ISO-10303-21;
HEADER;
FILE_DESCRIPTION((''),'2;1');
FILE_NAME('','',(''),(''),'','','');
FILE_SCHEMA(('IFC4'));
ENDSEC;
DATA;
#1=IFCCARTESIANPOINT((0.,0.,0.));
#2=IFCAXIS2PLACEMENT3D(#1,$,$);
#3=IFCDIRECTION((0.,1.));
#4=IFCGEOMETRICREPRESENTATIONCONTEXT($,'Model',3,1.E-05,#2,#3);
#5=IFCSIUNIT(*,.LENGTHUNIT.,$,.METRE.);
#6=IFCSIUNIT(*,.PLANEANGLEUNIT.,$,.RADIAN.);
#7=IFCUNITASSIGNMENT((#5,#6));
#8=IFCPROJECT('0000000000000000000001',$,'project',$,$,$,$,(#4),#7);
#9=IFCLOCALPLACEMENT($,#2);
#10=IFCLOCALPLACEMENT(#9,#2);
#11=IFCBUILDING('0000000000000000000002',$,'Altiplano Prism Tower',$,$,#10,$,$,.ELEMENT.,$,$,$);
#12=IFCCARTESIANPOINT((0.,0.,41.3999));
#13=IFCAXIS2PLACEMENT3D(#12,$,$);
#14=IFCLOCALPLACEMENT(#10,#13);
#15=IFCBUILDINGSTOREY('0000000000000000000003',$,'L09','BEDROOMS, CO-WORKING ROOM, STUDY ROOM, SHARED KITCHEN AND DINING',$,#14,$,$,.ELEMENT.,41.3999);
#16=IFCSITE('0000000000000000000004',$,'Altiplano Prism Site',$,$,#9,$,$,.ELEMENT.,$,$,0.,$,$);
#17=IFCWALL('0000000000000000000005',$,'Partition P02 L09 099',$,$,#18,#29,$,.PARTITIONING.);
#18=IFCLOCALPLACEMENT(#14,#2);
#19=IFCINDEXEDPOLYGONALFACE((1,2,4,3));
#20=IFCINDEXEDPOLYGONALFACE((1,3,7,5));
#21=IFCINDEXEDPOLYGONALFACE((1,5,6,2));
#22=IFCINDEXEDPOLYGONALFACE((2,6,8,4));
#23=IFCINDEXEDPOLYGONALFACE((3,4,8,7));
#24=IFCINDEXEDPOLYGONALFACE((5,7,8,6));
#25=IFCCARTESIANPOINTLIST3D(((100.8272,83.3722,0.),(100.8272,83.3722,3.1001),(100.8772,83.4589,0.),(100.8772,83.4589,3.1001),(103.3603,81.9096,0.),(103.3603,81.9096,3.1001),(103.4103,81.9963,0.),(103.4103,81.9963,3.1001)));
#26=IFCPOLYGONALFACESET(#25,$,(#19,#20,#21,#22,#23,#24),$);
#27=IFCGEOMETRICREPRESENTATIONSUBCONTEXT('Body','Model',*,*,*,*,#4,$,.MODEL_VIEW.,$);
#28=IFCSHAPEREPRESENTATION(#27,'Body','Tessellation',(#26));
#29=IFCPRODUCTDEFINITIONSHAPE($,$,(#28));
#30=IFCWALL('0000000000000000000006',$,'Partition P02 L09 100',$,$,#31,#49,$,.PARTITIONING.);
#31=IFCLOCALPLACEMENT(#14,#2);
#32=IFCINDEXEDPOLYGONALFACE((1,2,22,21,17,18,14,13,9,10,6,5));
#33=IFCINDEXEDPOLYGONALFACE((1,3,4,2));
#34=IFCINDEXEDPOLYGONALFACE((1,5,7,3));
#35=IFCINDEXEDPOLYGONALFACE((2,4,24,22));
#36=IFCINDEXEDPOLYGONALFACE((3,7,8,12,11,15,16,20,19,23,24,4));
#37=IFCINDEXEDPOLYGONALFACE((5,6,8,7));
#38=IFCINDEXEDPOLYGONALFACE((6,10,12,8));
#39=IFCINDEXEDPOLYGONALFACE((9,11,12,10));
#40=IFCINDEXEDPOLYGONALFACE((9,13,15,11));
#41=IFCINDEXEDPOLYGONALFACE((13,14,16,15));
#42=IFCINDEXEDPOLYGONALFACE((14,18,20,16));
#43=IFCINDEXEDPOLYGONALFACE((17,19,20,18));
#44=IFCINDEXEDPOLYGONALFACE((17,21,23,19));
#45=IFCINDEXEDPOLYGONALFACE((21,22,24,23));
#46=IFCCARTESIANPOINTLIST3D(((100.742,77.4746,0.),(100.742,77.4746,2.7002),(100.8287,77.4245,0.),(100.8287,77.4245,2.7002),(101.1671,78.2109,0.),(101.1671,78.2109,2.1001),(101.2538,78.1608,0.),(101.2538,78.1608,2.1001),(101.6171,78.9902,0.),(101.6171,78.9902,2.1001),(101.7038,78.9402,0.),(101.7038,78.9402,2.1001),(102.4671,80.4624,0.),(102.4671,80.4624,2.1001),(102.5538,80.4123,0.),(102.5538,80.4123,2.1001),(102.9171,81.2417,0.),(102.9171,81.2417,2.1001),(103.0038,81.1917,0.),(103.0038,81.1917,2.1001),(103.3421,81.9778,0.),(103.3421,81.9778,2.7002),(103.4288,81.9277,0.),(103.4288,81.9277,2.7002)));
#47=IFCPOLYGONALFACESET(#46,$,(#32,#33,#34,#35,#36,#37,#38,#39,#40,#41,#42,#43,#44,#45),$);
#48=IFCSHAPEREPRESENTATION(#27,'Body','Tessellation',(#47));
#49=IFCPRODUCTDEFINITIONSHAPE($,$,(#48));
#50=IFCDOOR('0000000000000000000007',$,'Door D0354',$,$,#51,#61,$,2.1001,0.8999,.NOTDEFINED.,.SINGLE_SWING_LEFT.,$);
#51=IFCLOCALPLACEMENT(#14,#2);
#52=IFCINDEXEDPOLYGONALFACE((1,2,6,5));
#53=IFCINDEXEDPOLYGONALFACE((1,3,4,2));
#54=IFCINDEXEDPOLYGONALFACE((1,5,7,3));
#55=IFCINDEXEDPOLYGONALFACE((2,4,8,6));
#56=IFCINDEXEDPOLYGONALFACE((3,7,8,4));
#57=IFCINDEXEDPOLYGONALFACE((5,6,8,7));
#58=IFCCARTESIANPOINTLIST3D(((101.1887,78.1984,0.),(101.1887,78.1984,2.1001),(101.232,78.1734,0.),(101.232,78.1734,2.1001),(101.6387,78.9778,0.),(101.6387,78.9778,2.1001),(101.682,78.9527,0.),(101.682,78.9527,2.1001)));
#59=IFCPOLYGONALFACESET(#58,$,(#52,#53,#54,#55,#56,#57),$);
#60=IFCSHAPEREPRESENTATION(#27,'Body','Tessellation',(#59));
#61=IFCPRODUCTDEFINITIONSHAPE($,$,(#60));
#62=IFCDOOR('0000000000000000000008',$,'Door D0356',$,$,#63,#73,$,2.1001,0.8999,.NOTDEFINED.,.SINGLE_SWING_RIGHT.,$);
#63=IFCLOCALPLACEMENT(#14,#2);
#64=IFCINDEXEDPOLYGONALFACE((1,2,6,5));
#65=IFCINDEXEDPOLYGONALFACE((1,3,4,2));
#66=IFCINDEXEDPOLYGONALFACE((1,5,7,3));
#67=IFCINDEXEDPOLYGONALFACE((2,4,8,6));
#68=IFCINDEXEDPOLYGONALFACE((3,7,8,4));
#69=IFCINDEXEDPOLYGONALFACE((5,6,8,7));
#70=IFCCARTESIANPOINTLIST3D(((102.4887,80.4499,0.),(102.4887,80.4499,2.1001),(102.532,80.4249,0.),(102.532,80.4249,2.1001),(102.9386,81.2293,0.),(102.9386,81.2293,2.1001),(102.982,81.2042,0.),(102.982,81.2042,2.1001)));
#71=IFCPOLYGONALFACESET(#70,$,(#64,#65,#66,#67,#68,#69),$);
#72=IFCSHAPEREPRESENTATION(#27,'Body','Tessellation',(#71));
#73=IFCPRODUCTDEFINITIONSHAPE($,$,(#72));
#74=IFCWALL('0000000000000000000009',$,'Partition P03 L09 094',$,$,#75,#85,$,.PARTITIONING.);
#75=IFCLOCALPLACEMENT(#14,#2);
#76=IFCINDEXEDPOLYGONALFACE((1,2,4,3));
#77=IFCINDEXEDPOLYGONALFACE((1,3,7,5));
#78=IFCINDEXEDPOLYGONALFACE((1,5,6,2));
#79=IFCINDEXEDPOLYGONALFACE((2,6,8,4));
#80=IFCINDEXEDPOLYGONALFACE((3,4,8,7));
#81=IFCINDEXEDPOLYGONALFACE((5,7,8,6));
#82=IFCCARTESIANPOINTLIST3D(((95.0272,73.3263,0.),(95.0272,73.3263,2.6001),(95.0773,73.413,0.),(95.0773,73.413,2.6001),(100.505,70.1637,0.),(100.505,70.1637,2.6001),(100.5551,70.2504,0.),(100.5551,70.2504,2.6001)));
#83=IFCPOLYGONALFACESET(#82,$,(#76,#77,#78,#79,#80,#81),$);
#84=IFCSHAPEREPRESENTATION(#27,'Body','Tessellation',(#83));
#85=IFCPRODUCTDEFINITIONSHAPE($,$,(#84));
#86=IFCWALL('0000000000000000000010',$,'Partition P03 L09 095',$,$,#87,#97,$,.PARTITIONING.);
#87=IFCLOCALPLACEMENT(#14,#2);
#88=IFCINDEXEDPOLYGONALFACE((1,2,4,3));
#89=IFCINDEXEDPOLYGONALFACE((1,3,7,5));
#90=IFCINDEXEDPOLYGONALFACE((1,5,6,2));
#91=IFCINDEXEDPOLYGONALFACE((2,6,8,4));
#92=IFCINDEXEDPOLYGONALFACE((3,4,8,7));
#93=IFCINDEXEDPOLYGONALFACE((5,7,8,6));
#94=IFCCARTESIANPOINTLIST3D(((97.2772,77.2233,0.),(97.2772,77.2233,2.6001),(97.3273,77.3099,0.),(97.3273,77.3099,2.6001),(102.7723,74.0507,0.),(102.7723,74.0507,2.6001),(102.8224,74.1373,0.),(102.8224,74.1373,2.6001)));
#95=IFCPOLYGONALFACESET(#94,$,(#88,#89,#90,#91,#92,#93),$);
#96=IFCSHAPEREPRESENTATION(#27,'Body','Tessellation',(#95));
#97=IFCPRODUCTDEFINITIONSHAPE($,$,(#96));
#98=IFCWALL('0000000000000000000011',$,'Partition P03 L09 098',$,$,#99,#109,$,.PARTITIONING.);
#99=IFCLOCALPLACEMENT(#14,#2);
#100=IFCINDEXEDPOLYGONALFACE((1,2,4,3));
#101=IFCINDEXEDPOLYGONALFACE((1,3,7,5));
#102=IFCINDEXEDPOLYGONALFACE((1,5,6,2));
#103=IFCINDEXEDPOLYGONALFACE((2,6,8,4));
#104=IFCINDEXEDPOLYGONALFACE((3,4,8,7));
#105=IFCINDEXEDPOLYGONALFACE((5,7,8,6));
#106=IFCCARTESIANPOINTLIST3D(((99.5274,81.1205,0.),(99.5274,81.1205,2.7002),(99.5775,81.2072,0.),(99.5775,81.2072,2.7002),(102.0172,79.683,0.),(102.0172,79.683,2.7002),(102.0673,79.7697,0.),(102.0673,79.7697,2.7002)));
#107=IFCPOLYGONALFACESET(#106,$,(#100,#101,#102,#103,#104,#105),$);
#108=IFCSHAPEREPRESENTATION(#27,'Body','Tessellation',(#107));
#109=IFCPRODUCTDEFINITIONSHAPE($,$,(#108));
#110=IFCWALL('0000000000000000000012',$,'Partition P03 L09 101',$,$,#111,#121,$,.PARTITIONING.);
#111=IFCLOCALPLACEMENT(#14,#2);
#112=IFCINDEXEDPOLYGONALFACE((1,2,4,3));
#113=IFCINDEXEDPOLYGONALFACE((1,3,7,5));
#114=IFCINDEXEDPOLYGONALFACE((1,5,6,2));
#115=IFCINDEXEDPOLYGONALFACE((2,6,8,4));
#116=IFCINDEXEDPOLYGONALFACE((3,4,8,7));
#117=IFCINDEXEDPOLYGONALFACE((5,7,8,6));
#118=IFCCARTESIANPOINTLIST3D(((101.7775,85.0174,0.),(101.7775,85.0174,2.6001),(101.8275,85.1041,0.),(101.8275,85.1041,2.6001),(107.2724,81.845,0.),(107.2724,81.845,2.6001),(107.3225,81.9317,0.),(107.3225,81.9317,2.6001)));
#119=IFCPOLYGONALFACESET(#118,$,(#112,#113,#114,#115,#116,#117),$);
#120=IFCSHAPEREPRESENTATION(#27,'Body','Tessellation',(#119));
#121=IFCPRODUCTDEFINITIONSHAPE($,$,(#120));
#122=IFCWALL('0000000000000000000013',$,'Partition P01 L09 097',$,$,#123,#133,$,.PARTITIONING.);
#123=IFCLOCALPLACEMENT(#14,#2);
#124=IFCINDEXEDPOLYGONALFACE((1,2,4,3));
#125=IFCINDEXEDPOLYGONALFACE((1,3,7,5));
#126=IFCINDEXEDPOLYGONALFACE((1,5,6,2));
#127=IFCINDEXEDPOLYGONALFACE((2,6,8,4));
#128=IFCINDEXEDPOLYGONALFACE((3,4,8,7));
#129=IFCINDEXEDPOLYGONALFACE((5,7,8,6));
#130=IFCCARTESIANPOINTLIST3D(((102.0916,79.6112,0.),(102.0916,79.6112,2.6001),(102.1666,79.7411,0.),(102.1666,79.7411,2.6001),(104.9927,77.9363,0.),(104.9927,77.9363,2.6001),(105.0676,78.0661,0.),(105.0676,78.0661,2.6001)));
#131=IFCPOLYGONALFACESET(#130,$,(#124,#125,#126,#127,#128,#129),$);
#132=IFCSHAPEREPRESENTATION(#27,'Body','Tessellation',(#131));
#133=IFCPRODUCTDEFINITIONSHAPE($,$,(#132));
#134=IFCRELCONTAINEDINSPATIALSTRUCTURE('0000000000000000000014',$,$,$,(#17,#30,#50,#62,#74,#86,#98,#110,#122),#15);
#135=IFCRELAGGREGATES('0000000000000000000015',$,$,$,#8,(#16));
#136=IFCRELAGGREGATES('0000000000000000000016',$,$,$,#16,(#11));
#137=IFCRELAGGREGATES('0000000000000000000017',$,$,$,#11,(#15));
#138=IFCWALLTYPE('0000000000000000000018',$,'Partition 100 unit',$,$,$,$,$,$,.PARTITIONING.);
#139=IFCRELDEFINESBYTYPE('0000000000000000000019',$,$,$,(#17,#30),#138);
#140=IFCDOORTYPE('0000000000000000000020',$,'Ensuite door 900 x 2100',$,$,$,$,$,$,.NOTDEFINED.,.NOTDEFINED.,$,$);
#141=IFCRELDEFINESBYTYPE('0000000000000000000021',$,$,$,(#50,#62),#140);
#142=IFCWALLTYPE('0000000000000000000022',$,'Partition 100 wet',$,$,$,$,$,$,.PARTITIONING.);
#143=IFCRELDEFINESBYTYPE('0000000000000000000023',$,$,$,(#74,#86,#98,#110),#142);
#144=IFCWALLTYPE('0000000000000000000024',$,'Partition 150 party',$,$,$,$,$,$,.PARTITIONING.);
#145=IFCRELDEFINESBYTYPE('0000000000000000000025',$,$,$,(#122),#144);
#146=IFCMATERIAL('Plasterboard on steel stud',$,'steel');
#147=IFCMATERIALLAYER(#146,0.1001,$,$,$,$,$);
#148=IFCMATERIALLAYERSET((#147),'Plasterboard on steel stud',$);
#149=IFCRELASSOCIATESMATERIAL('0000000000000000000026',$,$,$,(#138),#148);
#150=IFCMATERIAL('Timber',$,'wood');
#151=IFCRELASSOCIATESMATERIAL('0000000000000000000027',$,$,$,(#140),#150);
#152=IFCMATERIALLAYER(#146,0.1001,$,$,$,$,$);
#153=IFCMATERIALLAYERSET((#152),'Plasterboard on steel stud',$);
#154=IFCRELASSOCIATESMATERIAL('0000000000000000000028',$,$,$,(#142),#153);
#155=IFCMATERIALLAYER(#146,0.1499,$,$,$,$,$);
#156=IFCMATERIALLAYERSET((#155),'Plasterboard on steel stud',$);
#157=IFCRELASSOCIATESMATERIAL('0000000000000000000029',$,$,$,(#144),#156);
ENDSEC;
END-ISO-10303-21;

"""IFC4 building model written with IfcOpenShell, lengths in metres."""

from ifc_helpers import new_model, si_unit, direction, frame, frame_2d, origin, place, context, subcontext, project, spatial, rectangle, extrude, material, layer, layer_set, type_object, element, fill, save


model = new_model("IFC4")

# Units and contexts
model_context = context("Model", 3, precision=1e-05, world=origin(), true_north=direction((0.0, 1.0)))
body_context = subcontext(model_context, "Body", "Model", "MODEL_VIEW")
ifc_project = project(units=[si_unit("LENGTHUNIT", "METRE"), si_unit("PLANEANGLEUNIT", "RADIAN")], contexts=[model_context])

# Site, building, storey
site_placement = place(None, origin())
site = spatial("IfcSite", under=ifc_project, at=site_placement, Name="Altiplano Prism Site", CompositionType="ELEMENT", RefElevation=0.0)
building_placement = place(site_placement, origin())
building = spatial("IfcBuilding", under=site, at=building_placement, Name="Altiplano Prism Tower", CompositionType="ELEMENT")
storey_placement = place(building_placement, frame((0.0, 0.0, 41.3999)))
storey = spatial("IfcBuildingStorey", under=building, at=storey_placement, Name="L09", Description="BEDROOMS, CO-WORKING ROOM, STUDY ROOM, SHARED KITCHEN AND DINING", CompositionType="ELEMENT", Elevation=41.3999)

# Wall
ifc_material_1 = material(Name="Plasterboard on steel stud", Category="steel")
ifc_layer_1 = layer(ifc_material_1, 0.1001)
ifc_layer_set_1 = layer_set([ifc_layer_1], Name="Plasterboard on steel stud")
wall_type_1 = type_object("IfcWallType", Name="Partition 100 unit", PredefinedType="PARTITIONING", material=ifc_layer_set_1)
wall_1_placement = place(storey_placement, frame((100.8523, 83.4155, 0.0), z_axis=(0.0, 0.0, 1.0), x_axis=(0.86601, -0.500026, 0.0)))
element("IfcWall", 1, at=wall_1_placement, inside=storey, type_object=wall_type_1, Name="Partition P02 L09 099", PredefinedType="PARTITIONING", context=body_context, shape_type="SweptSolid", body=[
    extrude(rectangle(XDim=2.925, YDim=0.1001, at=frame_2d((1.4624, 0.0))), origin(), (0.0, 0.0, 1.0), 3.1001),
])

# Wall, openings, doors
wall_2_placement = place(storey_placement, frame((103.3855, 81.9529, 0.0), z_axis=(0.0, 0.0, 1.0), x_axis=(-0.500027, -0.86601, 0.0)))
wall_2 = element("IfcWall", 2, at=wall_2_placement, inside=storey, type_object=wall_type_1, Name="Partition P02 L09 100", PredefinedType="PARTITIONING", context=body_context, shape_type="SweptSolid", body=[
    extrude(rectangle(XDim=5.2, YDim=0.1001, at=frame_2d((2.6001, 0.0))), origin(), (0.0, 0.0, 1.0), 2.7002),
])
opening_1_placement = place(wall_2_placement, frame((3.45, 0.0, 0.0)))
opening_1 = element("IfcOpeningElement", 3, at=opening_1_placement, cuts=wall_2, PredefinedType="OPENING", context=body_context, shape_type="SweptSolid", body=[
    extrude(rectangle(XDim=0.8999, YDim=2.1001, at=frame_2d((0.45, 1.05))), frame((0.0, 0.0605, 0.0), z_axis=(0.0, -1.0, 0.0), x_axis=(1.0, 0.0, 0.0)), (0.0, 0.0, 1.0), 0.1211),
])
opening_2_placement = place(wall_2_placement, frame((0.8501, 0.0, 0.0)))
opening_2 = element("IfcOpeningElement", 4, at=opening_2_placement, cuts=wall_2, PredefinedType="OPENING", context=body_context, shape_type="SweptSolid", body=[
    extrude(rectangle(XDim=0.8999, YDim=2.1001, at=frame_2d((0.45, 1.05))), frame((0.0, 0.0605, 0.0), z_axis=(0.0, -1.0, 0.0), x_axis=(1.0, 0.0, 0.0)), (0.0, 0.0, 1.0), 0.1211),
])
ifc_material_2 = material(Name="Timber", Category="wood")
door_type = type_object("IfcDoorType", Name="Ensuite door 900 x 2100", OperationType="NOTDEFINED", PredefinedType="NOTDEFINED", material=ifc_material_2)
door_1_placement = place(opening_1_placement, origin())
door_1 = element("IfcDoor", 5, at=door_1_placement, inside=storey, type_object=door_type, Name="Door D0354", OperationType="SINGLE_SWING_LEFT", OverallHeight=2.1001, OverallWidth=0.8999, PredefinedType="NOTDEFINED", context=body_context, shape_type="SweptSolid", body=[
    extrude(rectangle(XDim=0.8999, YDim=2.1001, at=frame_2d((0.45, 1.05))), frame((0.0, 0.0249, 0.0), z_axis=(0.0, -1.0, 0.0), x_axis=(1.0, 0.0, 0.0)), (0.0, 0.0, 1.0), 0.05),
])
fill(opening_1, door_1)
door_2_placement = place(opening_2_placement, origin())
door_2 = element("IfcDoor", 6, at=door_2_placement, inside=storey, type_object=door_type, Name="Door D0356", OperationType="SINGLE_SWING_RIGHT", OverallHeight=2.1001, OverallWidth=0.8999, PredefinedType="NOTDEFINED", context=body_context, shape_type="SweptSolid", body=[
    extrude(rectangle(XDim=0.8999, YDim=2.1001, at=frame_2d((0.45, 1.05))), frame((0.0, 0.0249, 0.0), z_axis=(0.0, -1.0, 0.0), x_axis=(1.0, 0.0, 0.0)), (0.0, 0.0, 1.0), 0.05),
])
fill(opening_2, door_2)

# Walls
ifc_layer_2 = layer(ifc_material_1, 0.1001)
ifc_layer_set_2 = layer_set([ifc_layer_2], Name="Plasterboard on steel stud")
wall_type_2 = type_object("IfcWallType", Name="Partition 100 wet", PredefinedType="PARTITIONING", material=ifc_layer_set_2)
wall_3_placement = place(storey_placement, frame((100.53, 70.207, 0.0), z_axis=(0.0, 0.0, 1.0), x_axis=(-0.866026, 0.5, 0.0)))
element("IfcWall", 7, at=wall_3_placement, inside=storey, type_object=wall_type_2, Name="Partition P03 L09 094", PredefinedType="PARTITIONING", context=body_context, shape_type="SweptSolid", body=[
    extrude(rectangle(XDim=6.3252, YDim=0.1001, at=frame_2d((3.1626, 0.0))), origin(), (0.0, 0.0, 1.0), 2.6001),
])
wall_4_placement = place(storey_placement, frame((102.7974, 74.094, 0.0), z_axis=(0.0, 0.0, 1.0), x_axis=(-0.866025, 0.5, 0.0)))
element("IfcWall", 8, at=wall_4_placement, inside=storey, type_object=wall_type_2, Name="Partition P03 L09 095", PredefinedType="PARTITIONING", context=body_context, shape_type="SweptSolid", body=[
    extrude(rectangle(XDim=6.3452, YDim=0.1001, at=frame_2d((3.1726, 0.0))), origin(), (0.0, 0.0, 1.0), 2.6001),
])
wall_5_placement = place(storey_placement, frame((102.0422, 79.7263, 0.0), z_axis=(0.0, 0.0, 1.0), x_axis=(-0.866019, 0.500012, 0.0)))
element("IfcWall", 9, at=wall_5_placement, inside=storey, type_object=wall_type_2, Name="Partition P03 L09 098", PredefinedType="PARTITIONING", context=body_context, shape_type="SweptSolid", body=[
    extrude(rectangle(XDim=2.875, YDim=0.1001, at=frame_2d((1.4375, 0.0))), origin(), (0.0, 0.0, 1.0), 2.7002),
])
wall_6_placement = place(storey_placement, frame((107.2974, 81.8884, 0.0), z_axis=(0.0, 0.0, 1.0), x_axis=(-0.866032, 0.499988, 0.0)))
element("IfcWall", 10, at=wall_6_placement, inside=storey, type_object=wall_type_2, Name="Partition P03 L09 101", PredefinedType="PARTITIONING", context=body_context, shape_type="SweptSolid", body=[
    extrude(rectangle(XDim=6.345, YDim=0.1001, at=frame_2d((3.1724, 0.0))), origin(), (0.0, 0.0, 1.0), 2.6001),
])
ifc_layer_3 = layer(ifc_material_1, 0.1499)
ifc_layer_set_3 = layer_set([ifc_layer_3], Name="Plasterboard on steel stud")
wall_type_3 = type_object("IfcWallType", Name="Partition 150 party", PredefinedType="PARTITIONING", material=ifc_layer_set_3)
wall_7_placement = place(storey_placement, frame((105.03, 78.0012, 0.0), z_axis=(0.0, 0.0, 1.0), x_axis=(-0.866014, 0.500019, 0.0)))
element("IfcWall", 11, at=wall_7_placement, inside=storey, type_object=wall_type_3, Name="Partition P01 L09 097", PredefinedType="PARTITIONING", context=body_context, shape_type="SweptSolid", body=[
    extrude(rectangle(XDim=3.3499, YDim=0.1499, at=frame_2d((1.6748, 0.0))), origin(), (0.0, 0.0, 1.0), 2.6001),
])

save(model, "model.ifc")
